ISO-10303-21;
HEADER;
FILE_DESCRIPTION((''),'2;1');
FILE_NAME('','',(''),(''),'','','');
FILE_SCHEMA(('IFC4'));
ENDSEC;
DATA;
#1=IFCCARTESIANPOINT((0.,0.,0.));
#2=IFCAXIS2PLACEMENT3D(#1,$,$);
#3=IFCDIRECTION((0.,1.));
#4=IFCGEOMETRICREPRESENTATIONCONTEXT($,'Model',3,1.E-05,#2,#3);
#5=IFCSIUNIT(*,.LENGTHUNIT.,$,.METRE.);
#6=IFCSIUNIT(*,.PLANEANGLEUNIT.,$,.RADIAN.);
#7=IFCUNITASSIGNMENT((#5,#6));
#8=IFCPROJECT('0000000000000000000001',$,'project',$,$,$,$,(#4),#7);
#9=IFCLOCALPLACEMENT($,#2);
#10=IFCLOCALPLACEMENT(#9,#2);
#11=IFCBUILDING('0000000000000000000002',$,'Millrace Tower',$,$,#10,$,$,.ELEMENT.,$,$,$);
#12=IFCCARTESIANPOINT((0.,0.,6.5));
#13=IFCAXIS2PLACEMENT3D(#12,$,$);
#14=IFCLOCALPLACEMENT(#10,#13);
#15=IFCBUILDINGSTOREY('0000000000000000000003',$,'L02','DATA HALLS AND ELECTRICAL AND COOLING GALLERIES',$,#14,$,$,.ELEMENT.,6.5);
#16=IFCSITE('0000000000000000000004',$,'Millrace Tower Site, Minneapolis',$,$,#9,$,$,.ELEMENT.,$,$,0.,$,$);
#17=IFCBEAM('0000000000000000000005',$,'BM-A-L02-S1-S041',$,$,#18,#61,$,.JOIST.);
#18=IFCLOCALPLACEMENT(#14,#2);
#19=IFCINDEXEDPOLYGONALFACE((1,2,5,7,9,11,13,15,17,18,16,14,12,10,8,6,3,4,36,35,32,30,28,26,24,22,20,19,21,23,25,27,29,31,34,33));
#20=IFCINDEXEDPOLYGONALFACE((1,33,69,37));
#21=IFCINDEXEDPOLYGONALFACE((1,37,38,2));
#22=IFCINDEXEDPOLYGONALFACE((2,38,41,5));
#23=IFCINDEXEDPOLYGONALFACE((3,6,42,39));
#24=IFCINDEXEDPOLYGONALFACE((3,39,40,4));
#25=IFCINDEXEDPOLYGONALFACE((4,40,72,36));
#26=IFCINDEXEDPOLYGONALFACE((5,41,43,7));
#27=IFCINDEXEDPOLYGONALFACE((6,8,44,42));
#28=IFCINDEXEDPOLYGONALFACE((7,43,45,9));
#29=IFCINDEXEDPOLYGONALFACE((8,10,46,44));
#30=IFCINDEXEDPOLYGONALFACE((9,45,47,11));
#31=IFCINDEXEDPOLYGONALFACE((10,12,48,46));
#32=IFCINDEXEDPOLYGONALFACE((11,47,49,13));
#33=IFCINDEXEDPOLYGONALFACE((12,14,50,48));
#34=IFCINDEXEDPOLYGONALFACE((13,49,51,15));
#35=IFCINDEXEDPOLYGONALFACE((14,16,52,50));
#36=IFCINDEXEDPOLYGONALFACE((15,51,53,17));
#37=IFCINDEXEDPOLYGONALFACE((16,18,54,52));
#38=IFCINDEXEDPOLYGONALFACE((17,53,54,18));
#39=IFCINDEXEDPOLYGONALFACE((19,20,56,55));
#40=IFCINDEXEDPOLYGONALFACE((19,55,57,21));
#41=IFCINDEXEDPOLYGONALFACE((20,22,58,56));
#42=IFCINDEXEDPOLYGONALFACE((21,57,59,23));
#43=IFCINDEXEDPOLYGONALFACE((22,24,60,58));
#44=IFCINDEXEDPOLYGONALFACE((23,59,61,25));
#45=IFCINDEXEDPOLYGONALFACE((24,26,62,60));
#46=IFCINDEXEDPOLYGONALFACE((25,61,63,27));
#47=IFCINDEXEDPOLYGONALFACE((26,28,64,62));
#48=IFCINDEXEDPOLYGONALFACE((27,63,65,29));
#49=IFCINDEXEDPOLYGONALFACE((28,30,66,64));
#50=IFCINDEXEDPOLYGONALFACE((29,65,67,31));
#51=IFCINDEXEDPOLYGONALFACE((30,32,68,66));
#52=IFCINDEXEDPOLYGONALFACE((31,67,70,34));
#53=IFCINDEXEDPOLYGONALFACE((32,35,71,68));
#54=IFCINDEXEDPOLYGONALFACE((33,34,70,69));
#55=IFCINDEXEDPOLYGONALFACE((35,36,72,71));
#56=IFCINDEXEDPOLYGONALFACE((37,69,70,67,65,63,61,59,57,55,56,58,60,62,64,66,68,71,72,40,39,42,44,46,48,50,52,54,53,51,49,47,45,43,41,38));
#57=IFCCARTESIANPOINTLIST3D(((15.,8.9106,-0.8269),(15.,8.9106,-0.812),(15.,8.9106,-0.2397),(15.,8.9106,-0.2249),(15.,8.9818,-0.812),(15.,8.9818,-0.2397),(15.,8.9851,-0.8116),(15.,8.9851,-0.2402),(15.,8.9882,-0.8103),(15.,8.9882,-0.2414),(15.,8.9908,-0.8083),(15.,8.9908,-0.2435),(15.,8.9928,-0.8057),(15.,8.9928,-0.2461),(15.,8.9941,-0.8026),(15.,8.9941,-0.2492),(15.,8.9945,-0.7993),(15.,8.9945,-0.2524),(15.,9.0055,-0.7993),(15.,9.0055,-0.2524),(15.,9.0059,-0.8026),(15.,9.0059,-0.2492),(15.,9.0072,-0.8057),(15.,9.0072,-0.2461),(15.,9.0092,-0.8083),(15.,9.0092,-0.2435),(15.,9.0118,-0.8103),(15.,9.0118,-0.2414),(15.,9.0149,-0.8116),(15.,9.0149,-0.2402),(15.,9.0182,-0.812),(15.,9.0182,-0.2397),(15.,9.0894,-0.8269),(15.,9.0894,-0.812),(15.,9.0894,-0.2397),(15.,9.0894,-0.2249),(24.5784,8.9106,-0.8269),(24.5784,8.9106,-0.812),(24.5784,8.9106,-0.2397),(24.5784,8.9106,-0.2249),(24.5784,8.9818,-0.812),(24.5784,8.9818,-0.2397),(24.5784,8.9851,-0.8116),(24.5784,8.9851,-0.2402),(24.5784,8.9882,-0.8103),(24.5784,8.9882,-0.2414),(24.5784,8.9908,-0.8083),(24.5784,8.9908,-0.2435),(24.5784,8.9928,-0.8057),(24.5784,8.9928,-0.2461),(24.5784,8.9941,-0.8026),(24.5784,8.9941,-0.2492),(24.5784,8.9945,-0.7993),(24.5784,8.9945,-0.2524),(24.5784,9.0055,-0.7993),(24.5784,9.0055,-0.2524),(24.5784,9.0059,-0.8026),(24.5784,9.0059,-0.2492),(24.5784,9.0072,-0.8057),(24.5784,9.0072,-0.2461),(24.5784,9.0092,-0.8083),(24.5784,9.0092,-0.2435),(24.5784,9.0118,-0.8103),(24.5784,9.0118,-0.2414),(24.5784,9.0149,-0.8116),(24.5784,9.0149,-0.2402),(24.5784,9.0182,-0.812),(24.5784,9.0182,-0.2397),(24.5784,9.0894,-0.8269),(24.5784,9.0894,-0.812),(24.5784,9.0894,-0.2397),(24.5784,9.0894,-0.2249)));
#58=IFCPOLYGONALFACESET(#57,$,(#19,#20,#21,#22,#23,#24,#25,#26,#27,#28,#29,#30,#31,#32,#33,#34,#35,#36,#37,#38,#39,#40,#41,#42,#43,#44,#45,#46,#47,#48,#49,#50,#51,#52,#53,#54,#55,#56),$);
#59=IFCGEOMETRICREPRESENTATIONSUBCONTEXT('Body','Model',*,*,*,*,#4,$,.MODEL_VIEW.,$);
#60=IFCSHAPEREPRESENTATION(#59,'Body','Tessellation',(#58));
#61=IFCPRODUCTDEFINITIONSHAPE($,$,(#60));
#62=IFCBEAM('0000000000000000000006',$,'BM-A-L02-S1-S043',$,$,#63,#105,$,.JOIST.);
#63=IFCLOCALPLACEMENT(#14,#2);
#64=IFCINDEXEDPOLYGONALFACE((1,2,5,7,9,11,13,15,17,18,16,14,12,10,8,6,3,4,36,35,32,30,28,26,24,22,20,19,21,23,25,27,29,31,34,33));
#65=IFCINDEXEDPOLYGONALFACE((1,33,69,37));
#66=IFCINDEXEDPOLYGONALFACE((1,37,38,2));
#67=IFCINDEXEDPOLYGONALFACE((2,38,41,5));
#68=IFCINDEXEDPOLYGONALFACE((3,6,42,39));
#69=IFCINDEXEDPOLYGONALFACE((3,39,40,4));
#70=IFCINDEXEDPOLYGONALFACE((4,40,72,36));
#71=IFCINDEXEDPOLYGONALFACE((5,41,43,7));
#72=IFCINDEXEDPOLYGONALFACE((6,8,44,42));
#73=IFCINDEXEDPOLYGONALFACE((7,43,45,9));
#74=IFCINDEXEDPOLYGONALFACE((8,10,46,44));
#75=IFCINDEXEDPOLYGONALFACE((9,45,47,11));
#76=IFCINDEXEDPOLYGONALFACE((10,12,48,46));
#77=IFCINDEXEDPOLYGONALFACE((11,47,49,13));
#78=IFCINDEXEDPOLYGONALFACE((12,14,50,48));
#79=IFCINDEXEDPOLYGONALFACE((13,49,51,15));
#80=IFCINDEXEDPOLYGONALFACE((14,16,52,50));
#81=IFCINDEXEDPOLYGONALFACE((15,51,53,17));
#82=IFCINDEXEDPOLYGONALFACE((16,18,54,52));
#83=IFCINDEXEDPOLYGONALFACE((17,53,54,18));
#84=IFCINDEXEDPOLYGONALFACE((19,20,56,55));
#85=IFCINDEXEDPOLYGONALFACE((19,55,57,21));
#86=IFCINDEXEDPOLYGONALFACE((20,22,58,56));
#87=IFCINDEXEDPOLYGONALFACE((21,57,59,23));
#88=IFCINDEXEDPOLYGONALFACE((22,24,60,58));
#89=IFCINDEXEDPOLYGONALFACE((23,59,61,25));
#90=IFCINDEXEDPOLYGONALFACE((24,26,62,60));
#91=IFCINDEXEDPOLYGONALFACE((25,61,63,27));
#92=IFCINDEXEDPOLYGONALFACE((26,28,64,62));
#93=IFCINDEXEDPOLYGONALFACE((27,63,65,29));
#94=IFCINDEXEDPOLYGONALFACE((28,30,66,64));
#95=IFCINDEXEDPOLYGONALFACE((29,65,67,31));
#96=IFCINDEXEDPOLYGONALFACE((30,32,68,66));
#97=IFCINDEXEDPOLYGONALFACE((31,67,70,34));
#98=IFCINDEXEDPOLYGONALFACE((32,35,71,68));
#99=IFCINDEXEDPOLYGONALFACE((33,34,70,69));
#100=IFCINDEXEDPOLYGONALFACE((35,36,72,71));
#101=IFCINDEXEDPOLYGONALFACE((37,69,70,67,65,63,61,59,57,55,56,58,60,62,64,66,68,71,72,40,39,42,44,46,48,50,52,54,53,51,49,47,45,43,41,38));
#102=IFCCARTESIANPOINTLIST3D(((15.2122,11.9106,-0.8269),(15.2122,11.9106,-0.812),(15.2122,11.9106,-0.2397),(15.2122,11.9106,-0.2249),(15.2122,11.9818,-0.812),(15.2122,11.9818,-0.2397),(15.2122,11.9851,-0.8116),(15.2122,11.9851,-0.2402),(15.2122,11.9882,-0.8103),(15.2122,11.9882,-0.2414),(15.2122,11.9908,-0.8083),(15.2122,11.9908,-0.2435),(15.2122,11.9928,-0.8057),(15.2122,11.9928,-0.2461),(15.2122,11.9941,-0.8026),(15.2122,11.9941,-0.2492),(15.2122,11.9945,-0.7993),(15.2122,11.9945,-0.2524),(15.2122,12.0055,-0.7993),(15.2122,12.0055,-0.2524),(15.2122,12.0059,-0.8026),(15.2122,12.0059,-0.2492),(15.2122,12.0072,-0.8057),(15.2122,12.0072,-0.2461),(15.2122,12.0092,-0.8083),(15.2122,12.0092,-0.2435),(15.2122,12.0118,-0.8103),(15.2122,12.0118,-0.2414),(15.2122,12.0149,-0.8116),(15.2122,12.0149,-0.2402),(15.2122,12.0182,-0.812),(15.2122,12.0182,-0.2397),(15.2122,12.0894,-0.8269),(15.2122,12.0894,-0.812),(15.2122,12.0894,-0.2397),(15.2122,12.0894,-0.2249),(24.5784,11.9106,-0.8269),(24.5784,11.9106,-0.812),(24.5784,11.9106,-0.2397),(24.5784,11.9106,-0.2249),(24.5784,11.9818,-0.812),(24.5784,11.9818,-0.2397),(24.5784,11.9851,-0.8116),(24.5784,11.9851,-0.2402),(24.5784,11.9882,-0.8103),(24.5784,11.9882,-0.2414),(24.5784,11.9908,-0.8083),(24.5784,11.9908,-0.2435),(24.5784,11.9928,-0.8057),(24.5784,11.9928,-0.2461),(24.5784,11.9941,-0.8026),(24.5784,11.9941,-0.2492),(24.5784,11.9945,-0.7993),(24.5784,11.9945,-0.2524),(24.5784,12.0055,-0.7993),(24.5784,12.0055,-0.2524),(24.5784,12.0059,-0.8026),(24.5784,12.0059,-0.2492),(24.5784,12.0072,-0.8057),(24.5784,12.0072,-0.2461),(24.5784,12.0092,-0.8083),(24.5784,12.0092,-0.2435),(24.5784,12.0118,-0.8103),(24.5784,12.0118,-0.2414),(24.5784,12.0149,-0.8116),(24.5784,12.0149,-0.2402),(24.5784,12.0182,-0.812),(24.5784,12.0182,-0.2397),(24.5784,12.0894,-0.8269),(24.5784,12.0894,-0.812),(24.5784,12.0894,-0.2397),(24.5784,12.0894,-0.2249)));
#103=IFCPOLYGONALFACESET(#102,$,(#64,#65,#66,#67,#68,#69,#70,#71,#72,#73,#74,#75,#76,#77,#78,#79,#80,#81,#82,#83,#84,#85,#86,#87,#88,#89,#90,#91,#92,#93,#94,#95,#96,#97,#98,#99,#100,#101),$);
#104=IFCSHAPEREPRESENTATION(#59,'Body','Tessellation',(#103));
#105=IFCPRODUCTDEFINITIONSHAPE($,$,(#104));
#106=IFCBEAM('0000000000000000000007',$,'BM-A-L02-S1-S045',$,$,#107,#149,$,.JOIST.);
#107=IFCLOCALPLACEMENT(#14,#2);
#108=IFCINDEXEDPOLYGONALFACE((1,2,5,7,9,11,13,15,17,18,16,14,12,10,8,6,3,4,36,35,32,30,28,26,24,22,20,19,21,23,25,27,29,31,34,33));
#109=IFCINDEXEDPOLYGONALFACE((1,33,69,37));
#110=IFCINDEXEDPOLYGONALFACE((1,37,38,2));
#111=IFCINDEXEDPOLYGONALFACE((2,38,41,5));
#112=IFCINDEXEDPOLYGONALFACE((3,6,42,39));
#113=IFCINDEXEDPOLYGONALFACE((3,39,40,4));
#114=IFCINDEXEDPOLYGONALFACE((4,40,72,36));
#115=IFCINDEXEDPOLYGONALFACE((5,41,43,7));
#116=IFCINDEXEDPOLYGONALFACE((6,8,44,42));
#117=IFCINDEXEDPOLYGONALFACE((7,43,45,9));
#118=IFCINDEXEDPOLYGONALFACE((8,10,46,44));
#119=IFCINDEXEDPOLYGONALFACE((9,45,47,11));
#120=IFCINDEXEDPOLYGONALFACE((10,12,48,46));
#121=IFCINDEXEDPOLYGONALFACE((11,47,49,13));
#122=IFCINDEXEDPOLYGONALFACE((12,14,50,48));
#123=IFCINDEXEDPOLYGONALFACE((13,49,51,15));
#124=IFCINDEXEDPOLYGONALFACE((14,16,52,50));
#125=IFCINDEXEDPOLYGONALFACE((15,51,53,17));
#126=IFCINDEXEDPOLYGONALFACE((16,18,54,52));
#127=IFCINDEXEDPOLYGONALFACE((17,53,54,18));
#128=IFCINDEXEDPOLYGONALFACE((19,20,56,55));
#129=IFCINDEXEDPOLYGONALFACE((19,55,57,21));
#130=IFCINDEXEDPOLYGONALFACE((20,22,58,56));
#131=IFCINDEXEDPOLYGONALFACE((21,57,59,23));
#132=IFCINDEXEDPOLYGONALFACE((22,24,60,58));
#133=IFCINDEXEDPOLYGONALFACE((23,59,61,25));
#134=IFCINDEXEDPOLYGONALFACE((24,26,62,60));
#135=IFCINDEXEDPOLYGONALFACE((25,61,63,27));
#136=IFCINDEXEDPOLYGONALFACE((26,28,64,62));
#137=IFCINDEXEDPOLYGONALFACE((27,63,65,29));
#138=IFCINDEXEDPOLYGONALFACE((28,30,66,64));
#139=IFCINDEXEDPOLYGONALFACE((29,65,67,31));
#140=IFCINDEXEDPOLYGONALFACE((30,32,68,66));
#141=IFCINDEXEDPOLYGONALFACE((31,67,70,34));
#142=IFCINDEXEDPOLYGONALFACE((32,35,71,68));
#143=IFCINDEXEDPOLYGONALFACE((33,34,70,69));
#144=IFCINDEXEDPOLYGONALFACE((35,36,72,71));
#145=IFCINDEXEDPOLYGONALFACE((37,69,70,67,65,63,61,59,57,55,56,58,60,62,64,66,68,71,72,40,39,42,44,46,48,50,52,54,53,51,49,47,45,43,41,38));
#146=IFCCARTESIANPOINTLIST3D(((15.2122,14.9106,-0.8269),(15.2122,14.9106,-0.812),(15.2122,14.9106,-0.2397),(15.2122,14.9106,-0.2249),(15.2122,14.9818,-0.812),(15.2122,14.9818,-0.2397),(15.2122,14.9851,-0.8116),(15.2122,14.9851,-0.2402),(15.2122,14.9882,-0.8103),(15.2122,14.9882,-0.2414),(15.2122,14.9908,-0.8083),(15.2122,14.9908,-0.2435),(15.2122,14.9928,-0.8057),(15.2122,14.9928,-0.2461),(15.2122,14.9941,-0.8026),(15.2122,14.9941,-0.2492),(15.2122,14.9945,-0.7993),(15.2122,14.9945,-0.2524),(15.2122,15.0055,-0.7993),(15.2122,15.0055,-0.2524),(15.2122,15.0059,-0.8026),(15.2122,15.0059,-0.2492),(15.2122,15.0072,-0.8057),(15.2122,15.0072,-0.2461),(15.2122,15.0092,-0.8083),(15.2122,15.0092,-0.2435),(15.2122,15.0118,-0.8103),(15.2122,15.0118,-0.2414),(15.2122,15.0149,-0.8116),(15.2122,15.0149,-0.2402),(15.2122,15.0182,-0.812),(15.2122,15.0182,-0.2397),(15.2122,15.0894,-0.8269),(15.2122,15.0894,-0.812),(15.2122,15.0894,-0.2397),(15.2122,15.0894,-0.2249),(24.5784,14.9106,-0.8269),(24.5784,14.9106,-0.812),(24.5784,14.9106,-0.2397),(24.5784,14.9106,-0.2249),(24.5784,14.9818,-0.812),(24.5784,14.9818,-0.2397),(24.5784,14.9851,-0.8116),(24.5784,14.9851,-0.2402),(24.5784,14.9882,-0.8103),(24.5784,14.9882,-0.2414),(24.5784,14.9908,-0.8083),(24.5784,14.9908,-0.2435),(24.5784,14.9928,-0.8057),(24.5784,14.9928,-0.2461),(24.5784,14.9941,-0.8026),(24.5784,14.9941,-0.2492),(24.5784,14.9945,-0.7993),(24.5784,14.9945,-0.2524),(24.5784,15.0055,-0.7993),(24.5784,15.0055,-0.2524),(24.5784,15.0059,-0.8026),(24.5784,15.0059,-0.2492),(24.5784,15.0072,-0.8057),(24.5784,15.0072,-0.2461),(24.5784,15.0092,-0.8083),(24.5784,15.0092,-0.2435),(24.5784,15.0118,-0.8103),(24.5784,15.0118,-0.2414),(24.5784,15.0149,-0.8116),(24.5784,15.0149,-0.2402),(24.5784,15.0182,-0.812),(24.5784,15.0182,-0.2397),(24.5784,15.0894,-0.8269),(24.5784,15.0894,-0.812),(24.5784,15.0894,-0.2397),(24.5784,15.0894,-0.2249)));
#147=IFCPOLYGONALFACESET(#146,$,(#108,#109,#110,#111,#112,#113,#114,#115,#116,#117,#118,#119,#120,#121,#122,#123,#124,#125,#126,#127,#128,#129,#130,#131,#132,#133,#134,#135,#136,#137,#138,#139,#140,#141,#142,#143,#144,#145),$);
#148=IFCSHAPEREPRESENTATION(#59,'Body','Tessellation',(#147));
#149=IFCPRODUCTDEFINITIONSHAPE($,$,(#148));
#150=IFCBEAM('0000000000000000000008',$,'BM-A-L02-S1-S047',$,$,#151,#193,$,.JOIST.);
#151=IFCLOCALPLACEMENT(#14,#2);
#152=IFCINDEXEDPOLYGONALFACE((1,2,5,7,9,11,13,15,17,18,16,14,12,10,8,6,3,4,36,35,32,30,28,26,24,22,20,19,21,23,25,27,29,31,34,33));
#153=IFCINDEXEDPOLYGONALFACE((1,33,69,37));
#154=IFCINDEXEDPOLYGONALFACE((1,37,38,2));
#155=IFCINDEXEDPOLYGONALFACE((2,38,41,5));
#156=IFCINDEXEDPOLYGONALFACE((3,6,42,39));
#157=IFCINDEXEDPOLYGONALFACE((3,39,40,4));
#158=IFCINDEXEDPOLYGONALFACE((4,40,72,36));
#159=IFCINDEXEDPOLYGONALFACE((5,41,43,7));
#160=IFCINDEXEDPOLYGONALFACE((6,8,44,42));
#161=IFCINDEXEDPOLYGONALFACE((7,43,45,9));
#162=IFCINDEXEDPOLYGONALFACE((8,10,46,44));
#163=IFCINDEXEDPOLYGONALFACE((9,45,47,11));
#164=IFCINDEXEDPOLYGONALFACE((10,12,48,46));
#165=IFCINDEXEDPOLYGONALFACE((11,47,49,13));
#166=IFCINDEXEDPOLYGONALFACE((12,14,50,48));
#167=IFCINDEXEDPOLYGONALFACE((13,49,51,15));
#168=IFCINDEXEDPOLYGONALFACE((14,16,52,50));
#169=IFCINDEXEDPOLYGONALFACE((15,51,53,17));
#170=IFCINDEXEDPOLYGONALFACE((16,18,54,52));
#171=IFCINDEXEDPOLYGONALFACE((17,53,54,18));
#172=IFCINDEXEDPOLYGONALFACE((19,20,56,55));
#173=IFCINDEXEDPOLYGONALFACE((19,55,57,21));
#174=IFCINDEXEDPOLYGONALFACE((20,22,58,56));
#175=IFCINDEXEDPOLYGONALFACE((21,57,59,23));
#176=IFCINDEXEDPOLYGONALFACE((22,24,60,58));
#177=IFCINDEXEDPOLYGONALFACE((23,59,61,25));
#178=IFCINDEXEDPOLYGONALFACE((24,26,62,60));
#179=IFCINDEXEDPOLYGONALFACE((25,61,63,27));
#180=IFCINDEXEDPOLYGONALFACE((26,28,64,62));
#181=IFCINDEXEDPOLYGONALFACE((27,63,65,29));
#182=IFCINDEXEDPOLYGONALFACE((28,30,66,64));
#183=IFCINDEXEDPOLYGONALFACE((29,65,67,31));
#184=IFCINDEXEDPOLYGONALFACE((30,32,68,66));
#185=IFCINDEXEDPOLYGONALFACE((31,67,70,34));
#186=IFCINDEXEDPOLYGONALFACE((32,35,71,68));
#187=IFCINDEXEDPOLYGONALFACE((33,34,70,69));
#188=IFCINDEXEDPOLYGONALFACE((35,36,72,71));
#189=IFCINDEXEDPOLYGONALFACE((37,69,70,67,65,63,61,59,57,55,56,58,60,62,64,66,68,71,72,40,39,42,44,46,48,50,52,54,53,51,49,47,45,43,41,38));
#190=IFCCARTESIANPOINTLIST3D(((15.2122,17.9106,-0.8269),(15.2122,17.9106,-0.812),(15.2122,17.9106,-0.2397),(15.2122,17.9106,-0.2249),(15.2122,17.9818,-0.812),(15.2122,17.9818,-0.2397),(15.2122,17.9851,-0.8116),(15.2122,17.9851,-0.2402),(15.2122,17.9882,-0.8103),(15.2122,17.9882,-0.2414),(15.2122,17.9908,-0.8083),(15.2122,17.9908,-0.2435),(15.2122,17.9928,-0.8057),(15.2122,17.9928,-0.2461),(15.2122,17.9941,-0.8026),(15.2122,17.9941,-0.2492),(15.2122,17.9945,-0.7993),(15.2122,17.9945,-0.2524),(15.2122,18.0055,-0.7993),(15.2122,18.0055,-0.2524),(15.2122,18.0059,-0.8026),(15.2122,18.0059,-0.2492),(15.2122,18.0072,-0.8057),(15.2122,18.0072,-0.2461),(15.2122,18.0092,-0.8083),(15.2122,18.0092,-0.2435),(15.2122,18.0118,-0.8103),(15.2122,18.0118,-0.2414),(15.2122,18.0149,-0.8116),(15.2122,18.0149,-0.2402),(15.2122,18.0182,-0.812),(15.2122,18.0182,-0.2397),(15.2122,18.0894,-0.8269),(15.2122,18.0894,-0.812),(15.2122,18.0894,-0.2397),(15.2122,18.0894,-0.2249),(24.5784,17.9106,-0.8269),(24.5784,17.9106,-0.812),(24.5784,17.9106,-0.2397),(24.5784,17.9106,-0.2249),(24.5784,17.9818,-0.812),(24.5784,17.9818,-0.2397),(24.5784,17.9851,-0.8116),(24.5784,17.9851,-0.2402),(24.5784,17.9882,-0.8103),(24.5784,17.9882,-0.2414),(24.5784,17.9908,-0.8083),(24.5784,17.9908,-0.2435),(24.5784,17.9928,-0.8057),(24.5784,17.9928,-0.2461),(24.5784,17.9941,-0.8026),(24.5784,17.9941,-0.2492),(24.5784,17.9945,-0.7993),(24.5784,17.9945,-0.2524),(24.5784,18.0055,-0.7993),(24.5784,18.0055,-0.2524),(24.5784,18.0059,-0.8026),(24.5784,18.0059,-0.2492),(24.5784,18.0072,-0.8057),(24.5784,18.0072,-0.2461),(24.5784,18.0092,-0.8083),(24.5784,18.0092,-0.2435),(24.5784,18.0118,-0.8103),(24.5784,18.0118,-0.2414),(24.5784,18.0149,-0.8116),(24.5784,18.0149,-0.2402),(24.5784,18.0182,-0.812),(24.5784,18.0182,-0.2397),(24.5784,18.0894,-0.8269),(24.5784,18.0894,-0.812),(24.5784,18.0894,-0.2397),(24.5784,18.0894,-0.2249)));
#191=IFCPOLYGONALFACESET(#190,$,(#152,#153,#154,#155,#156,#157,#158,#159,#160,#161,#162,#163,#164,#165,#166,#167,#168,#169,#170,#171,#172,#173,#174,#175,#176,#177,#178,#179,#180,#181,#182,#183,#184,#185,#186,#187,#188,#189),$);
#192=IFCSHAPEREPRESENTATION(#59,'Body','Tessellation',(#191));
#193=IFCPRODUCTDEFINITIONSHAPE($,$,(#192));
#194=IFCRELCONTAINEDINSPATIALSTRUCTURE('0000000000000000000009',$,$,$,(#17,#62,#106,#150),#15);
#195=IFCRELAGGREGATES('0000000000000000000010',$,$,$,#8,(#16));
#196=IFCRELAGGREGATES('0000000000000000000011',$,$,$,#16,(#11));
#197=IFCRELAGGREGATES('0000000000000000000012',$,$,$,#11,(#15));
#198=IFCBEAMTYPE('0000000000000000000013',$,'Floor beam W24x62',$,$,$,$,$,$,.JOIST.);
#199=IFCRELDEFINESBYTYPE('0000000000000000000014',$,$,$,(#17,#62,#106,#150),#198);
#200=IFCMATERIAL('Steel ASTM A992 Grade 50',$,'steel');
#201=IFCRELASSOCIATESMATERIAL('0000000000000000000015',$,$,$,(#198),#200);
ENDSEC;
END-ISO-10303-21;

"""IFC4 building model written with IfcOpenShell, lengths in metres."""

from ifc_helpers import new_model, si_unit, direction, frame, origin, origin_2d, place, context, subcontext, project, spatial, i_section, extrude, material, material_profile, profile_set, type_object, element, save


model = new_model("IFC4")

# Units and contexts
model_context = context("Model", 3, precision=1e-05, world=origin(), true_north=direction((0.0, 1.0)))
body_context = subcontext(model_context, "Body", "Model", "MODEL_VIEW")
ifc_project = project(units=[si_unit("LENGTHUNIT", "METRE"), si_unit("PLANEANGLEUNIT", "RADIAN")], contexts=[model_context])

# Site, building, storey
site_placement = place(None, origin())
site = spatial("IfcSite", under=ifc_project, at=site_placement, Name="Millrace Tower Site, Minneapolis", CompositionType="ELEMENT", RefElevation=0.0)
building_placement = place(site_placement, origin())
building = spatial("IfcBuilding", under=site, at=building_placement, Name="Millrace Tower", CompositionType="ELEMENT")
storey_placement = place(building_placement, frame((0.0, 0.0, 6.5)))
storey = spatial("IfcBuildingStorey", under=building, at=storey_placement, Name="L02", Description="DATA HALLS AND ELECTRICAL AND COOLING GALLERIES", CompositionType="ELEMENT", Elevation=6.5)

# Beams
ifc_material_1 = material(Name="Steel ASTM A992 Grade 50", Category="steel")
ifc_material_profile_1 = material_profile(ifc_material_1, i_section(OverallWidth=0.1787, OverallDepth=0.6021, WebThickness=0.011, FlangeThickness=0.0149, FilletRadius=0.0127, at=origin_2d()))
ifc_profile_set_1 = profile_set([ifc_material_profile_1], Name="Steel ASTM A992 Grade 50")
beam_type_1 = type_object("IfcBeamType", Name="Floor beam W24x62", PredefinedType="JOIST", material=ifc_profile_set_1)
for number, where, z_axis, x_axis, name in (
    (1, (15.0, 9.0, -0.5259), (1.0, 0.0, 0.0), (0.0, 1.0, 0.0), "BM-A-L02-S1-S041"),
):
    element("IfcBeam", number, at=place(storey_placement, frame(where, z_axis=z_axis, x_axis=x_axis)), inside=storey, type_object=beam_type_1, Name=name, PredefinedType="JOIST", context=body_context, shape_type="SweptSolid", body=[
        extrude(i_section(OverallWidth=0.1787, OverallDepth=0.6021, WebThickness=0.011, FlangeThickness=0.0149, FilletRadius=0.0127, at=origin_2d()), origin(), (0.0, 0.0, 1.0), 9.5784),
    ])
for number, where, z_axis, x_axis, name in (
    (2, (15.2122, 12.0, -0.5259), (1.0, 0.0, 0.0), (0.0, 1.0, 0.0), "BM-A-L02-S1-S043"),
    (3, (15.2122, 15.0, -0.5259), (1.0, 0.0, 0.0), (0.0, 1.0, 0.0), "BM-A-L02-S1-S045"),
    (4, (15.2122, 18.0, -0.5259), (1.0, 0.0, 0.0), (0.0, 1.0, 0.0), "BM-A-L02-S1-S047"),
):
    element("IfcBeam", number, at=place(storey_placement, frame(where, z_axis=z_axis, x_axis=x_axis)), inside=storey, type_object=beam_type_1, Name=name, PredefinedType="JOIST", context=body_context, shape_type="SweptSolid", body=[
        extrude(i_section(OverallWidth=0.1787, OverallDepth=0.6021, WebThickness=0.011, FlangeThickness=0.0149, FilletRadius=0.0127, at=origin_2d()), origin(), (0.0, 0.0, 1.0), 9.3662),
    ])

save(model, "model.ifc")
